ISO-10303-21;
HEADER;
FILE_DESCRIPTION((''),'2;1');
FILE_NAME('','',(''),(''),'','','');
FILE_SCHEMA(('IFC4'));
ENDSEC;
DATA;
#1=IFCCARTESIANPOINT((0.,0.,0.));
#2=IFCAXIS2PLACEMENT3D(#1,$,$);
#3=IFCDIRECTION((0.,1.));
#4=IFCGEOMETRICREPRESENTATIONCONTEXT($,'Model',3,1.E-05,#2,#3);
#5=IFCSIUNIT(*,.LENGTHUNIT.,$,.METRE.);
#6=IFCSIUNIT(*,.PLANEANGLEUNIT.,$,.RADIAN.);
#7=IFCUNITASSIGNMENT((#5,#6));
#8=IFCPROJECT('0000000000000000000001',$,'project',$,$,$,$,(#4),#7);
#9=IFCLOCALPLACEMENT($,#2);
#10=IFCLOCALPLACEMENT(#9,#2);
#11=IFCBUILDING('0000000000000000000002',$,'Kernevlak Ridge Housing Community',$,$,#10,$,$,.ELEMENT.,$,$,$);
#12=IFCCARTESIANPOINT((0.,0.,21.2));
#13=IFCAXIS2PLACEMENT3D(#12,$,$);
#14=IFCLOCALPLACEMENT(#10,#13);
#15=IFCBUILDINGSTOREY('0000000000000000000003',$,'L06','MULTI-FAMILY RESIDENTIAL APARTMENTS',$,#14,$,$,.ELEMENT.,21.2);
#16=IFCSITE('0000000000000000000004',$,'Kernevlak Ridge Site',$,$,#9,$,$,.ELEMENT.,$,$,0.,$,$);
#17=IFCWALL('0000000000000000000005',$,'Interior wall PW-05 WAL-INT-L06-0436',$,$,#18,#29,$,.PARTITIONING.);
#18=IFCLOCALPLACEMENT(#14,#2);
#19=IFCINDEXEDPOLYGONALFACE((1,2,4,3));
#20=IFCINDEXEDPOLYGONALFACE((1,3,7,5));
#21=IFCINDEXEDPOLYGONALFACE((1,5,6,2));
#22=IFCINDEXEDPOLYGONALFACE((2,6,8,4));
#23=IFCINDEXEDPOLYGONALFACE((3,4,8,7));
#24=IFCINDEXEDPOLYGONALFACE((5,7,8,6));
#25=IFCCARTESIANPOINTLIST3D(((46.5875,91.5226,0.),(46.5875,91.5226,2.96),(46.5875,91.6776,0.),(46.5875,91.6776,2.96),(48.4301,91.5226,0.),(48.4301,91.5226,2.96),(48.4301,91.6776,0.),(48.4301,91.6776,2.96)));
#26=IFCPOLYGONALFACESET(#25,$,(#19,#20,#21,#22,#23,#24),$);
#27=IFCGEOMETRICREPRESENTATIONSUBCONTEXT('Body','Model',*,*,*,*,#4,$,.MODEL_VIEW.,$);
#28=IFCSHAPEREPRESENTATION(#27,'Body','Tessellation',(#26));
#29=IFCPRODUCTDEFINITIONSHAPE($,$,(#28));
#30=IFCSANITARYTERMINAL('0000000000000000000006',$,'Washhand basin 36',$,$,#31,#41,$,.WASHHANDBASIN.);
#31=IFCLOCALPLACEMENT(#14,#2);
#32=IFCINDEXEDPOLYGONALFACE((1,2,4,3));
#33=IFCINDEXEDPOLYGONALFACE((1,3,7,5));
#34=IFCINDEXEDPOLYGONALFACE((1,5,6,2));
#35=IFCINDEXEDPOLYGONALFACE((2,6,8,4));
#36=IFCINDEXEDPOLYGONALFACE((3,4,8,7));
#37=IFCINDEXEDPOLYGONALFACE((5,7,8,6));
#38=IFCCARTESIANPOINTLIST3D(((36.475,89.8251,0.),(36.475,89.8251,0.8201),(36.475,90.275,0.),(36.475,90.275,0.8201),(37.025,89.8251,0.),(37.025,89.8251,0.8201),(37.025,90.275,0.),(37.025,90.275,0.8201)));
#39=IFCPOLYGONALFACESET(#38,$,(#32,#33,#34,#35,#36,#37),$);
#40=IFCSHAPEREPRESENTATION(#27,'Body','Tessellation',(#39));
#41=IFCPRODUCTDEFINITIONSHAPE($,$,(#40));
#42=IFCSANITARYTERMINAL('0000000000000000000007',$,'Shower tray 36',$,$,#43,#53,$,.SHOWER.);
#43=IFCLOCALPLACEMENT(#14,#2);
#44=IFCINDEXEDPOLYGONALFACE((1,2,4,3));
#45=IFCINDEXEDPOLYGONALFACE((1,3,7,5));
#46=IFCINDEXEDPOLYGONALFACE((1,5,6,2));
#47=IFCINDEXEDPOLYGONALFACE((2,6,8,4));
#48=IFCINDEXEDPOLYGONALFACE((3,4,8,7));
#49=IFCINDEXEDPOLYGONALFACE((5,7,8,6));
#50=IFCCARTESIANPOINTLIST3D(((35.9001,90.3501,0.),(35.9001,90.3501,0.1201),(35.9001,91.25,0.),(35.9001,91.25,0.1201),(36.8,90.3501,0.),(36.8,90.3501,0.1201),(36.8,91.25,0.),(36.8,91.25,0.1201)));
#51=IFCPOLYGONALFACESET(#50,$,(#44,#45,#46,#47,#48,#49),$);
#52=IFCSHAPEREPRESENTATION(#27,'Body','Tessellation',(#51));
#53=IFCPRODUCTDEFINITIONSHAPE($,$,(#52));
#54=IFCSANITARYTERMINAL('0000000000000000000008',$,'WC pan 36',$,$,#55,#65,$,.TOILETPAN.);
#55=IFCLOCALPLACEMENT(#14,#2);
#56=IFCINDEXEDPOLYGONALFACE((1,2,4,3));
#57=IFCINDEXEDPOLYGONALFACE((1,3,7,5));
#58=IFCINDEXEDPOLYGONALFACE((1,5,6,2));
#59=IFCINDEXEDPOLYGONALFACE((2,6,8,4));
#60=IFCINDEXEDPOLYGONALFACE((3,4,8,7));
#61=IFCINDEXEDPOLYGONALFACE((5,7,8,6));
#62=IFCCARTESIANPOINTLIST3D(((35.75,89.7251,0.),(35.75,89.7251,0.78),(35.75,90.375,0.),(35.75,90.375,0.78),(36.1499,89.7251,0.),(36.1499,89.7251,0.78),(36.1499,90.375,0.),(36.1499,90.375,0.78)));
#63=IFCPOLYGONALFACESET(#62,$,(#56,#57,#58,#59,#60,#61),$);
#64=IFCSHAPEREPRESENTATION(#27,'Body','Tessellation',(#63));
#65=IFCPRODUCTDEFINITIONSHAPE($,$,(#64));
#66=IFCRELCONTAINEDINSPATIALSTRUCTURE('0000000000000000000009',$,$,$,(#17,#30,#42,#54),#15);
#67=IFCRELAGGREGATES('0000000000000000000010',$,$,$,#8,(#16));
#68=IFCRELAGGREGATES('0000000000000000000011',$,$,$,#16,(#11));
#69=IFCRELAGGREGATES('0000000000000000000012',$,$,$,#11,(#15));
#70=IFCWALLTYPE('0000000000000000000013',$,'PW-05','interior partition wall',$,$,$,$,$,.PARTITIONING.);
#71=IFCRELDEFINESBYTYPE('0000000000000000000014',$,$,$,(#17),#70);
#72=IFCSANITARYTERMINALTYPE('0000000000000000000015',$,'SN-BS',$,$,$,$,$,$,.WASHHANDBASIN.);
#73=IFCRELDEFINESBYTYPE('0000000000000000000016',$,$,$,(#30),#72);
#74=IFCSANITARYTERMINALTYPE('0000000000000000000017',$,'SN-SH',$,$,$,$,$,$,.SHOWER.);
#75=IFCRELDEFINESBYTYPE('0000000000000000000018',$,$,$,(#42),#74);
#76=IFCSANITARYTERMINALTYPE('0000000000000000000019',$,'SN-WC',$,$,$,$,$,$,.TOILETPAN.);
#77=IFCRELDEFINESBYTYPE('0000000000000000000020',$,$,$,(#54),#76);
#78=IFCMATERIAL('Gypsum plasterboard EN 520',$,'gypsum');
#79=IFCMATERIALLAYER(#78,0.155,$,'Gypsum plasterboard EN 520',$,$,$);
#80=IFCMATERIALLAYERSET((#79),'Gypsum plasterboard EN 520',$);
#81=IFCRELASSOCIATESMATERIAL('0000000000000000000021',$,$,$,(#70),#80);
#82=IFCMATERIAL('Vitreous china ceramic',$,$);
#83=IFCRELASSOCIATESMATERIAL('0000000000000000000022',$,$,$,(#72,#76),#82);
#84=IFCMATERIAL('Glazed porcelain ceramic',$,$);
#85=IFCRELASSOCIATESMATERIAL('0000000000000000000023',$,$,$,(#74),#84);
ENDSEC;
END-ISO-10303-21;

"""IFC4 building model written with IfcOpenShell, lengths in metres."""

from ifc_helpers import new_model, si_unit, direction, frame, frame_2d, origin, origin_2d, place, context, subcontext, project, spatial, rectangle, extrude, material, layer, layer_set, type_object, element, save


model = new_model("IFC4")

# Units and contexts
model_context = context("Model", 3, precision=1e-05, world=origin(), true_north=direction((0.0, 1.0)))
body_context = subcontext(model_context, "Body", "Model", "MODEL_VIEW")
ifc_project = project(units=[si_unit("LENGTHUNIT", "METRE"), si_unit("PLANEANGLEUNIT", "RADIAN")], contexts=[model_context])

# Site, building, storey
site_placement = place(None, origin())
site = spatial("IfcSite", under=ifc_project, at=site_placement, Name="Kernevlak Ridge Site", CompositionType="ELEMENT", RefElevation=0.0)
building_placement = place(site_placement, origin())
building = spatial("IfcBuilding", under=site, at=building_placement, Name="Kernevlak Ridge Housing Community", CompositionType="ELEMENT")
storey_placement = place(building_placement, frame((0.0, 0.0, 21.2)))
storey = spatial("IfcBuildingStorey", under=building, at=storey_placement, Name="L06", Description="MULTI-FAMILY RESIDENTIAL APARTMENTS", CompositionType="ELEMENT", Elevation=21.2)

# Shared definitions
ifc_material_1 = material(Name="Gypsum plasterboard EN 520", Category="gypsum")
ifc_layer_1 = layer(ifc_material_1, 0.155, Name="Gypsum plasterboard EN 520")
ifc_layer_set_1 = layer_set([ifc_layer_1], Name="Gypsum plasterboard EN 520")
wall_type_1 = type_object("IfcWallType", Name="PW-05", Description="interior partition wall", PredefinedType="PARTITIONING", material=ifc_layer_set_1)

# Wall
wall_1_placement = place(storey_placement, frame((46.5874, 91.6001, 0.0), z_axis=(0.0, 0.0, 1.0), x_axis=(1.0, 0.0, 0.0)))
element("IfcWall", 1, at=wall_1_placement, inside=storey, type_object=wall_type_1, Name="Interior wall PW-05 WAL-INT-L06-0436", PredefinedType="PARTITIONING", context=body_context, shape_type="SweptSolid", body=[
    extrude(rectangle(XDim=1.8425, YDim=0.155, at=frame_2d((0.9214, 0.0))), origin(), (0.0, 0.0, 1.0), 2.96),
])

# Sanitary terminals
ifc_material_2 = material(Name="Vitreous china ceramic")
sanitary_terminal_type_1 = type_object("IfcSanitaryTerminalType", Name="SN-BS", PredefinedType="WASHHANDBASIN", material=ifc_material_2)
sanitary_terminal_1_placement = place(storey_placement, frame((36.75, 90.05, 0.0), z_axis=(0.0, 0.0, 1.0), x_axis=(1.0, 0.0, 0.0)))
element("IfcSanitaryTerminal", 2, at=sanitary_terminal_1_placement, inside=storey, type_object=sanitary_terminal_type_1, Name="Washhand basin 36", PredefinedType="WASHHANDBASIN", context=body_context, shape_type="SweptSolid", body=[
    extrude(rectangle(XDim=0.55, YDim=0.45, at=origin_2d()), origin(), (0.0, 0.0, 1.0), 0.8201),
])
ifc_material_3 = material(Name="Glazed porcelain ceramic")
sanitary_terminal_type_2 = type_object("IfcSanitaryTerminalType", Name="SN-SH", PredefinedType="SHOWER", material=ifc_material_3)
sanitary_terminal_2_placement = place(storey_placement, frame((36.3501, 90.8, 0.0), z_axis=(0.0, 0.0, 1.0), x_axis=(1.0, 0.0, 0.0)))
element("IfcSanitaryTerminal", 3, at=sanitary_terminal_2_placement, inside=storey, type_object=sanitary_terminal_type_2, Name="Shower tray 36", PredefinedType="SHOWER", context=body_context, shape_type="SweptSolid", body=[
    extrude(rectangle(XDim=0.8999, YDim=0.8999, at=origin_2d()), origin(), (0.0, 0.0, 1.0), 0.1201),
])
sanitary_terminal_type_3 = type_object("IfcSanitaryTerminalType", Name="SN-WC", PredefinedType="TOILETPAN", material=ifc_material_2)
sanitary_terminal_3_placement = place(storey_placement, frame((35.95, 90.05, 0.0), z_axis=(0.0, 0.0, 1.0), x_axis=(1.0, 0.0, 0.0)))
element("IfcSanitaryTerminal", 4, at=sanitary_terminal_3_placement, inside=storey, type_object=sanitary_terminal_type_3, Name="WC pan 36", PredefinedType="TOILETPAN", context=body_context, shape_type="SweptSolid", body=[
    extrude(rectangle(XDim=0.3999, YDim=0.6499, at=origin_2d()), origin(), (0.0, 0.0, 1.0), 0.78),
])

save(model, "model.ifc")
